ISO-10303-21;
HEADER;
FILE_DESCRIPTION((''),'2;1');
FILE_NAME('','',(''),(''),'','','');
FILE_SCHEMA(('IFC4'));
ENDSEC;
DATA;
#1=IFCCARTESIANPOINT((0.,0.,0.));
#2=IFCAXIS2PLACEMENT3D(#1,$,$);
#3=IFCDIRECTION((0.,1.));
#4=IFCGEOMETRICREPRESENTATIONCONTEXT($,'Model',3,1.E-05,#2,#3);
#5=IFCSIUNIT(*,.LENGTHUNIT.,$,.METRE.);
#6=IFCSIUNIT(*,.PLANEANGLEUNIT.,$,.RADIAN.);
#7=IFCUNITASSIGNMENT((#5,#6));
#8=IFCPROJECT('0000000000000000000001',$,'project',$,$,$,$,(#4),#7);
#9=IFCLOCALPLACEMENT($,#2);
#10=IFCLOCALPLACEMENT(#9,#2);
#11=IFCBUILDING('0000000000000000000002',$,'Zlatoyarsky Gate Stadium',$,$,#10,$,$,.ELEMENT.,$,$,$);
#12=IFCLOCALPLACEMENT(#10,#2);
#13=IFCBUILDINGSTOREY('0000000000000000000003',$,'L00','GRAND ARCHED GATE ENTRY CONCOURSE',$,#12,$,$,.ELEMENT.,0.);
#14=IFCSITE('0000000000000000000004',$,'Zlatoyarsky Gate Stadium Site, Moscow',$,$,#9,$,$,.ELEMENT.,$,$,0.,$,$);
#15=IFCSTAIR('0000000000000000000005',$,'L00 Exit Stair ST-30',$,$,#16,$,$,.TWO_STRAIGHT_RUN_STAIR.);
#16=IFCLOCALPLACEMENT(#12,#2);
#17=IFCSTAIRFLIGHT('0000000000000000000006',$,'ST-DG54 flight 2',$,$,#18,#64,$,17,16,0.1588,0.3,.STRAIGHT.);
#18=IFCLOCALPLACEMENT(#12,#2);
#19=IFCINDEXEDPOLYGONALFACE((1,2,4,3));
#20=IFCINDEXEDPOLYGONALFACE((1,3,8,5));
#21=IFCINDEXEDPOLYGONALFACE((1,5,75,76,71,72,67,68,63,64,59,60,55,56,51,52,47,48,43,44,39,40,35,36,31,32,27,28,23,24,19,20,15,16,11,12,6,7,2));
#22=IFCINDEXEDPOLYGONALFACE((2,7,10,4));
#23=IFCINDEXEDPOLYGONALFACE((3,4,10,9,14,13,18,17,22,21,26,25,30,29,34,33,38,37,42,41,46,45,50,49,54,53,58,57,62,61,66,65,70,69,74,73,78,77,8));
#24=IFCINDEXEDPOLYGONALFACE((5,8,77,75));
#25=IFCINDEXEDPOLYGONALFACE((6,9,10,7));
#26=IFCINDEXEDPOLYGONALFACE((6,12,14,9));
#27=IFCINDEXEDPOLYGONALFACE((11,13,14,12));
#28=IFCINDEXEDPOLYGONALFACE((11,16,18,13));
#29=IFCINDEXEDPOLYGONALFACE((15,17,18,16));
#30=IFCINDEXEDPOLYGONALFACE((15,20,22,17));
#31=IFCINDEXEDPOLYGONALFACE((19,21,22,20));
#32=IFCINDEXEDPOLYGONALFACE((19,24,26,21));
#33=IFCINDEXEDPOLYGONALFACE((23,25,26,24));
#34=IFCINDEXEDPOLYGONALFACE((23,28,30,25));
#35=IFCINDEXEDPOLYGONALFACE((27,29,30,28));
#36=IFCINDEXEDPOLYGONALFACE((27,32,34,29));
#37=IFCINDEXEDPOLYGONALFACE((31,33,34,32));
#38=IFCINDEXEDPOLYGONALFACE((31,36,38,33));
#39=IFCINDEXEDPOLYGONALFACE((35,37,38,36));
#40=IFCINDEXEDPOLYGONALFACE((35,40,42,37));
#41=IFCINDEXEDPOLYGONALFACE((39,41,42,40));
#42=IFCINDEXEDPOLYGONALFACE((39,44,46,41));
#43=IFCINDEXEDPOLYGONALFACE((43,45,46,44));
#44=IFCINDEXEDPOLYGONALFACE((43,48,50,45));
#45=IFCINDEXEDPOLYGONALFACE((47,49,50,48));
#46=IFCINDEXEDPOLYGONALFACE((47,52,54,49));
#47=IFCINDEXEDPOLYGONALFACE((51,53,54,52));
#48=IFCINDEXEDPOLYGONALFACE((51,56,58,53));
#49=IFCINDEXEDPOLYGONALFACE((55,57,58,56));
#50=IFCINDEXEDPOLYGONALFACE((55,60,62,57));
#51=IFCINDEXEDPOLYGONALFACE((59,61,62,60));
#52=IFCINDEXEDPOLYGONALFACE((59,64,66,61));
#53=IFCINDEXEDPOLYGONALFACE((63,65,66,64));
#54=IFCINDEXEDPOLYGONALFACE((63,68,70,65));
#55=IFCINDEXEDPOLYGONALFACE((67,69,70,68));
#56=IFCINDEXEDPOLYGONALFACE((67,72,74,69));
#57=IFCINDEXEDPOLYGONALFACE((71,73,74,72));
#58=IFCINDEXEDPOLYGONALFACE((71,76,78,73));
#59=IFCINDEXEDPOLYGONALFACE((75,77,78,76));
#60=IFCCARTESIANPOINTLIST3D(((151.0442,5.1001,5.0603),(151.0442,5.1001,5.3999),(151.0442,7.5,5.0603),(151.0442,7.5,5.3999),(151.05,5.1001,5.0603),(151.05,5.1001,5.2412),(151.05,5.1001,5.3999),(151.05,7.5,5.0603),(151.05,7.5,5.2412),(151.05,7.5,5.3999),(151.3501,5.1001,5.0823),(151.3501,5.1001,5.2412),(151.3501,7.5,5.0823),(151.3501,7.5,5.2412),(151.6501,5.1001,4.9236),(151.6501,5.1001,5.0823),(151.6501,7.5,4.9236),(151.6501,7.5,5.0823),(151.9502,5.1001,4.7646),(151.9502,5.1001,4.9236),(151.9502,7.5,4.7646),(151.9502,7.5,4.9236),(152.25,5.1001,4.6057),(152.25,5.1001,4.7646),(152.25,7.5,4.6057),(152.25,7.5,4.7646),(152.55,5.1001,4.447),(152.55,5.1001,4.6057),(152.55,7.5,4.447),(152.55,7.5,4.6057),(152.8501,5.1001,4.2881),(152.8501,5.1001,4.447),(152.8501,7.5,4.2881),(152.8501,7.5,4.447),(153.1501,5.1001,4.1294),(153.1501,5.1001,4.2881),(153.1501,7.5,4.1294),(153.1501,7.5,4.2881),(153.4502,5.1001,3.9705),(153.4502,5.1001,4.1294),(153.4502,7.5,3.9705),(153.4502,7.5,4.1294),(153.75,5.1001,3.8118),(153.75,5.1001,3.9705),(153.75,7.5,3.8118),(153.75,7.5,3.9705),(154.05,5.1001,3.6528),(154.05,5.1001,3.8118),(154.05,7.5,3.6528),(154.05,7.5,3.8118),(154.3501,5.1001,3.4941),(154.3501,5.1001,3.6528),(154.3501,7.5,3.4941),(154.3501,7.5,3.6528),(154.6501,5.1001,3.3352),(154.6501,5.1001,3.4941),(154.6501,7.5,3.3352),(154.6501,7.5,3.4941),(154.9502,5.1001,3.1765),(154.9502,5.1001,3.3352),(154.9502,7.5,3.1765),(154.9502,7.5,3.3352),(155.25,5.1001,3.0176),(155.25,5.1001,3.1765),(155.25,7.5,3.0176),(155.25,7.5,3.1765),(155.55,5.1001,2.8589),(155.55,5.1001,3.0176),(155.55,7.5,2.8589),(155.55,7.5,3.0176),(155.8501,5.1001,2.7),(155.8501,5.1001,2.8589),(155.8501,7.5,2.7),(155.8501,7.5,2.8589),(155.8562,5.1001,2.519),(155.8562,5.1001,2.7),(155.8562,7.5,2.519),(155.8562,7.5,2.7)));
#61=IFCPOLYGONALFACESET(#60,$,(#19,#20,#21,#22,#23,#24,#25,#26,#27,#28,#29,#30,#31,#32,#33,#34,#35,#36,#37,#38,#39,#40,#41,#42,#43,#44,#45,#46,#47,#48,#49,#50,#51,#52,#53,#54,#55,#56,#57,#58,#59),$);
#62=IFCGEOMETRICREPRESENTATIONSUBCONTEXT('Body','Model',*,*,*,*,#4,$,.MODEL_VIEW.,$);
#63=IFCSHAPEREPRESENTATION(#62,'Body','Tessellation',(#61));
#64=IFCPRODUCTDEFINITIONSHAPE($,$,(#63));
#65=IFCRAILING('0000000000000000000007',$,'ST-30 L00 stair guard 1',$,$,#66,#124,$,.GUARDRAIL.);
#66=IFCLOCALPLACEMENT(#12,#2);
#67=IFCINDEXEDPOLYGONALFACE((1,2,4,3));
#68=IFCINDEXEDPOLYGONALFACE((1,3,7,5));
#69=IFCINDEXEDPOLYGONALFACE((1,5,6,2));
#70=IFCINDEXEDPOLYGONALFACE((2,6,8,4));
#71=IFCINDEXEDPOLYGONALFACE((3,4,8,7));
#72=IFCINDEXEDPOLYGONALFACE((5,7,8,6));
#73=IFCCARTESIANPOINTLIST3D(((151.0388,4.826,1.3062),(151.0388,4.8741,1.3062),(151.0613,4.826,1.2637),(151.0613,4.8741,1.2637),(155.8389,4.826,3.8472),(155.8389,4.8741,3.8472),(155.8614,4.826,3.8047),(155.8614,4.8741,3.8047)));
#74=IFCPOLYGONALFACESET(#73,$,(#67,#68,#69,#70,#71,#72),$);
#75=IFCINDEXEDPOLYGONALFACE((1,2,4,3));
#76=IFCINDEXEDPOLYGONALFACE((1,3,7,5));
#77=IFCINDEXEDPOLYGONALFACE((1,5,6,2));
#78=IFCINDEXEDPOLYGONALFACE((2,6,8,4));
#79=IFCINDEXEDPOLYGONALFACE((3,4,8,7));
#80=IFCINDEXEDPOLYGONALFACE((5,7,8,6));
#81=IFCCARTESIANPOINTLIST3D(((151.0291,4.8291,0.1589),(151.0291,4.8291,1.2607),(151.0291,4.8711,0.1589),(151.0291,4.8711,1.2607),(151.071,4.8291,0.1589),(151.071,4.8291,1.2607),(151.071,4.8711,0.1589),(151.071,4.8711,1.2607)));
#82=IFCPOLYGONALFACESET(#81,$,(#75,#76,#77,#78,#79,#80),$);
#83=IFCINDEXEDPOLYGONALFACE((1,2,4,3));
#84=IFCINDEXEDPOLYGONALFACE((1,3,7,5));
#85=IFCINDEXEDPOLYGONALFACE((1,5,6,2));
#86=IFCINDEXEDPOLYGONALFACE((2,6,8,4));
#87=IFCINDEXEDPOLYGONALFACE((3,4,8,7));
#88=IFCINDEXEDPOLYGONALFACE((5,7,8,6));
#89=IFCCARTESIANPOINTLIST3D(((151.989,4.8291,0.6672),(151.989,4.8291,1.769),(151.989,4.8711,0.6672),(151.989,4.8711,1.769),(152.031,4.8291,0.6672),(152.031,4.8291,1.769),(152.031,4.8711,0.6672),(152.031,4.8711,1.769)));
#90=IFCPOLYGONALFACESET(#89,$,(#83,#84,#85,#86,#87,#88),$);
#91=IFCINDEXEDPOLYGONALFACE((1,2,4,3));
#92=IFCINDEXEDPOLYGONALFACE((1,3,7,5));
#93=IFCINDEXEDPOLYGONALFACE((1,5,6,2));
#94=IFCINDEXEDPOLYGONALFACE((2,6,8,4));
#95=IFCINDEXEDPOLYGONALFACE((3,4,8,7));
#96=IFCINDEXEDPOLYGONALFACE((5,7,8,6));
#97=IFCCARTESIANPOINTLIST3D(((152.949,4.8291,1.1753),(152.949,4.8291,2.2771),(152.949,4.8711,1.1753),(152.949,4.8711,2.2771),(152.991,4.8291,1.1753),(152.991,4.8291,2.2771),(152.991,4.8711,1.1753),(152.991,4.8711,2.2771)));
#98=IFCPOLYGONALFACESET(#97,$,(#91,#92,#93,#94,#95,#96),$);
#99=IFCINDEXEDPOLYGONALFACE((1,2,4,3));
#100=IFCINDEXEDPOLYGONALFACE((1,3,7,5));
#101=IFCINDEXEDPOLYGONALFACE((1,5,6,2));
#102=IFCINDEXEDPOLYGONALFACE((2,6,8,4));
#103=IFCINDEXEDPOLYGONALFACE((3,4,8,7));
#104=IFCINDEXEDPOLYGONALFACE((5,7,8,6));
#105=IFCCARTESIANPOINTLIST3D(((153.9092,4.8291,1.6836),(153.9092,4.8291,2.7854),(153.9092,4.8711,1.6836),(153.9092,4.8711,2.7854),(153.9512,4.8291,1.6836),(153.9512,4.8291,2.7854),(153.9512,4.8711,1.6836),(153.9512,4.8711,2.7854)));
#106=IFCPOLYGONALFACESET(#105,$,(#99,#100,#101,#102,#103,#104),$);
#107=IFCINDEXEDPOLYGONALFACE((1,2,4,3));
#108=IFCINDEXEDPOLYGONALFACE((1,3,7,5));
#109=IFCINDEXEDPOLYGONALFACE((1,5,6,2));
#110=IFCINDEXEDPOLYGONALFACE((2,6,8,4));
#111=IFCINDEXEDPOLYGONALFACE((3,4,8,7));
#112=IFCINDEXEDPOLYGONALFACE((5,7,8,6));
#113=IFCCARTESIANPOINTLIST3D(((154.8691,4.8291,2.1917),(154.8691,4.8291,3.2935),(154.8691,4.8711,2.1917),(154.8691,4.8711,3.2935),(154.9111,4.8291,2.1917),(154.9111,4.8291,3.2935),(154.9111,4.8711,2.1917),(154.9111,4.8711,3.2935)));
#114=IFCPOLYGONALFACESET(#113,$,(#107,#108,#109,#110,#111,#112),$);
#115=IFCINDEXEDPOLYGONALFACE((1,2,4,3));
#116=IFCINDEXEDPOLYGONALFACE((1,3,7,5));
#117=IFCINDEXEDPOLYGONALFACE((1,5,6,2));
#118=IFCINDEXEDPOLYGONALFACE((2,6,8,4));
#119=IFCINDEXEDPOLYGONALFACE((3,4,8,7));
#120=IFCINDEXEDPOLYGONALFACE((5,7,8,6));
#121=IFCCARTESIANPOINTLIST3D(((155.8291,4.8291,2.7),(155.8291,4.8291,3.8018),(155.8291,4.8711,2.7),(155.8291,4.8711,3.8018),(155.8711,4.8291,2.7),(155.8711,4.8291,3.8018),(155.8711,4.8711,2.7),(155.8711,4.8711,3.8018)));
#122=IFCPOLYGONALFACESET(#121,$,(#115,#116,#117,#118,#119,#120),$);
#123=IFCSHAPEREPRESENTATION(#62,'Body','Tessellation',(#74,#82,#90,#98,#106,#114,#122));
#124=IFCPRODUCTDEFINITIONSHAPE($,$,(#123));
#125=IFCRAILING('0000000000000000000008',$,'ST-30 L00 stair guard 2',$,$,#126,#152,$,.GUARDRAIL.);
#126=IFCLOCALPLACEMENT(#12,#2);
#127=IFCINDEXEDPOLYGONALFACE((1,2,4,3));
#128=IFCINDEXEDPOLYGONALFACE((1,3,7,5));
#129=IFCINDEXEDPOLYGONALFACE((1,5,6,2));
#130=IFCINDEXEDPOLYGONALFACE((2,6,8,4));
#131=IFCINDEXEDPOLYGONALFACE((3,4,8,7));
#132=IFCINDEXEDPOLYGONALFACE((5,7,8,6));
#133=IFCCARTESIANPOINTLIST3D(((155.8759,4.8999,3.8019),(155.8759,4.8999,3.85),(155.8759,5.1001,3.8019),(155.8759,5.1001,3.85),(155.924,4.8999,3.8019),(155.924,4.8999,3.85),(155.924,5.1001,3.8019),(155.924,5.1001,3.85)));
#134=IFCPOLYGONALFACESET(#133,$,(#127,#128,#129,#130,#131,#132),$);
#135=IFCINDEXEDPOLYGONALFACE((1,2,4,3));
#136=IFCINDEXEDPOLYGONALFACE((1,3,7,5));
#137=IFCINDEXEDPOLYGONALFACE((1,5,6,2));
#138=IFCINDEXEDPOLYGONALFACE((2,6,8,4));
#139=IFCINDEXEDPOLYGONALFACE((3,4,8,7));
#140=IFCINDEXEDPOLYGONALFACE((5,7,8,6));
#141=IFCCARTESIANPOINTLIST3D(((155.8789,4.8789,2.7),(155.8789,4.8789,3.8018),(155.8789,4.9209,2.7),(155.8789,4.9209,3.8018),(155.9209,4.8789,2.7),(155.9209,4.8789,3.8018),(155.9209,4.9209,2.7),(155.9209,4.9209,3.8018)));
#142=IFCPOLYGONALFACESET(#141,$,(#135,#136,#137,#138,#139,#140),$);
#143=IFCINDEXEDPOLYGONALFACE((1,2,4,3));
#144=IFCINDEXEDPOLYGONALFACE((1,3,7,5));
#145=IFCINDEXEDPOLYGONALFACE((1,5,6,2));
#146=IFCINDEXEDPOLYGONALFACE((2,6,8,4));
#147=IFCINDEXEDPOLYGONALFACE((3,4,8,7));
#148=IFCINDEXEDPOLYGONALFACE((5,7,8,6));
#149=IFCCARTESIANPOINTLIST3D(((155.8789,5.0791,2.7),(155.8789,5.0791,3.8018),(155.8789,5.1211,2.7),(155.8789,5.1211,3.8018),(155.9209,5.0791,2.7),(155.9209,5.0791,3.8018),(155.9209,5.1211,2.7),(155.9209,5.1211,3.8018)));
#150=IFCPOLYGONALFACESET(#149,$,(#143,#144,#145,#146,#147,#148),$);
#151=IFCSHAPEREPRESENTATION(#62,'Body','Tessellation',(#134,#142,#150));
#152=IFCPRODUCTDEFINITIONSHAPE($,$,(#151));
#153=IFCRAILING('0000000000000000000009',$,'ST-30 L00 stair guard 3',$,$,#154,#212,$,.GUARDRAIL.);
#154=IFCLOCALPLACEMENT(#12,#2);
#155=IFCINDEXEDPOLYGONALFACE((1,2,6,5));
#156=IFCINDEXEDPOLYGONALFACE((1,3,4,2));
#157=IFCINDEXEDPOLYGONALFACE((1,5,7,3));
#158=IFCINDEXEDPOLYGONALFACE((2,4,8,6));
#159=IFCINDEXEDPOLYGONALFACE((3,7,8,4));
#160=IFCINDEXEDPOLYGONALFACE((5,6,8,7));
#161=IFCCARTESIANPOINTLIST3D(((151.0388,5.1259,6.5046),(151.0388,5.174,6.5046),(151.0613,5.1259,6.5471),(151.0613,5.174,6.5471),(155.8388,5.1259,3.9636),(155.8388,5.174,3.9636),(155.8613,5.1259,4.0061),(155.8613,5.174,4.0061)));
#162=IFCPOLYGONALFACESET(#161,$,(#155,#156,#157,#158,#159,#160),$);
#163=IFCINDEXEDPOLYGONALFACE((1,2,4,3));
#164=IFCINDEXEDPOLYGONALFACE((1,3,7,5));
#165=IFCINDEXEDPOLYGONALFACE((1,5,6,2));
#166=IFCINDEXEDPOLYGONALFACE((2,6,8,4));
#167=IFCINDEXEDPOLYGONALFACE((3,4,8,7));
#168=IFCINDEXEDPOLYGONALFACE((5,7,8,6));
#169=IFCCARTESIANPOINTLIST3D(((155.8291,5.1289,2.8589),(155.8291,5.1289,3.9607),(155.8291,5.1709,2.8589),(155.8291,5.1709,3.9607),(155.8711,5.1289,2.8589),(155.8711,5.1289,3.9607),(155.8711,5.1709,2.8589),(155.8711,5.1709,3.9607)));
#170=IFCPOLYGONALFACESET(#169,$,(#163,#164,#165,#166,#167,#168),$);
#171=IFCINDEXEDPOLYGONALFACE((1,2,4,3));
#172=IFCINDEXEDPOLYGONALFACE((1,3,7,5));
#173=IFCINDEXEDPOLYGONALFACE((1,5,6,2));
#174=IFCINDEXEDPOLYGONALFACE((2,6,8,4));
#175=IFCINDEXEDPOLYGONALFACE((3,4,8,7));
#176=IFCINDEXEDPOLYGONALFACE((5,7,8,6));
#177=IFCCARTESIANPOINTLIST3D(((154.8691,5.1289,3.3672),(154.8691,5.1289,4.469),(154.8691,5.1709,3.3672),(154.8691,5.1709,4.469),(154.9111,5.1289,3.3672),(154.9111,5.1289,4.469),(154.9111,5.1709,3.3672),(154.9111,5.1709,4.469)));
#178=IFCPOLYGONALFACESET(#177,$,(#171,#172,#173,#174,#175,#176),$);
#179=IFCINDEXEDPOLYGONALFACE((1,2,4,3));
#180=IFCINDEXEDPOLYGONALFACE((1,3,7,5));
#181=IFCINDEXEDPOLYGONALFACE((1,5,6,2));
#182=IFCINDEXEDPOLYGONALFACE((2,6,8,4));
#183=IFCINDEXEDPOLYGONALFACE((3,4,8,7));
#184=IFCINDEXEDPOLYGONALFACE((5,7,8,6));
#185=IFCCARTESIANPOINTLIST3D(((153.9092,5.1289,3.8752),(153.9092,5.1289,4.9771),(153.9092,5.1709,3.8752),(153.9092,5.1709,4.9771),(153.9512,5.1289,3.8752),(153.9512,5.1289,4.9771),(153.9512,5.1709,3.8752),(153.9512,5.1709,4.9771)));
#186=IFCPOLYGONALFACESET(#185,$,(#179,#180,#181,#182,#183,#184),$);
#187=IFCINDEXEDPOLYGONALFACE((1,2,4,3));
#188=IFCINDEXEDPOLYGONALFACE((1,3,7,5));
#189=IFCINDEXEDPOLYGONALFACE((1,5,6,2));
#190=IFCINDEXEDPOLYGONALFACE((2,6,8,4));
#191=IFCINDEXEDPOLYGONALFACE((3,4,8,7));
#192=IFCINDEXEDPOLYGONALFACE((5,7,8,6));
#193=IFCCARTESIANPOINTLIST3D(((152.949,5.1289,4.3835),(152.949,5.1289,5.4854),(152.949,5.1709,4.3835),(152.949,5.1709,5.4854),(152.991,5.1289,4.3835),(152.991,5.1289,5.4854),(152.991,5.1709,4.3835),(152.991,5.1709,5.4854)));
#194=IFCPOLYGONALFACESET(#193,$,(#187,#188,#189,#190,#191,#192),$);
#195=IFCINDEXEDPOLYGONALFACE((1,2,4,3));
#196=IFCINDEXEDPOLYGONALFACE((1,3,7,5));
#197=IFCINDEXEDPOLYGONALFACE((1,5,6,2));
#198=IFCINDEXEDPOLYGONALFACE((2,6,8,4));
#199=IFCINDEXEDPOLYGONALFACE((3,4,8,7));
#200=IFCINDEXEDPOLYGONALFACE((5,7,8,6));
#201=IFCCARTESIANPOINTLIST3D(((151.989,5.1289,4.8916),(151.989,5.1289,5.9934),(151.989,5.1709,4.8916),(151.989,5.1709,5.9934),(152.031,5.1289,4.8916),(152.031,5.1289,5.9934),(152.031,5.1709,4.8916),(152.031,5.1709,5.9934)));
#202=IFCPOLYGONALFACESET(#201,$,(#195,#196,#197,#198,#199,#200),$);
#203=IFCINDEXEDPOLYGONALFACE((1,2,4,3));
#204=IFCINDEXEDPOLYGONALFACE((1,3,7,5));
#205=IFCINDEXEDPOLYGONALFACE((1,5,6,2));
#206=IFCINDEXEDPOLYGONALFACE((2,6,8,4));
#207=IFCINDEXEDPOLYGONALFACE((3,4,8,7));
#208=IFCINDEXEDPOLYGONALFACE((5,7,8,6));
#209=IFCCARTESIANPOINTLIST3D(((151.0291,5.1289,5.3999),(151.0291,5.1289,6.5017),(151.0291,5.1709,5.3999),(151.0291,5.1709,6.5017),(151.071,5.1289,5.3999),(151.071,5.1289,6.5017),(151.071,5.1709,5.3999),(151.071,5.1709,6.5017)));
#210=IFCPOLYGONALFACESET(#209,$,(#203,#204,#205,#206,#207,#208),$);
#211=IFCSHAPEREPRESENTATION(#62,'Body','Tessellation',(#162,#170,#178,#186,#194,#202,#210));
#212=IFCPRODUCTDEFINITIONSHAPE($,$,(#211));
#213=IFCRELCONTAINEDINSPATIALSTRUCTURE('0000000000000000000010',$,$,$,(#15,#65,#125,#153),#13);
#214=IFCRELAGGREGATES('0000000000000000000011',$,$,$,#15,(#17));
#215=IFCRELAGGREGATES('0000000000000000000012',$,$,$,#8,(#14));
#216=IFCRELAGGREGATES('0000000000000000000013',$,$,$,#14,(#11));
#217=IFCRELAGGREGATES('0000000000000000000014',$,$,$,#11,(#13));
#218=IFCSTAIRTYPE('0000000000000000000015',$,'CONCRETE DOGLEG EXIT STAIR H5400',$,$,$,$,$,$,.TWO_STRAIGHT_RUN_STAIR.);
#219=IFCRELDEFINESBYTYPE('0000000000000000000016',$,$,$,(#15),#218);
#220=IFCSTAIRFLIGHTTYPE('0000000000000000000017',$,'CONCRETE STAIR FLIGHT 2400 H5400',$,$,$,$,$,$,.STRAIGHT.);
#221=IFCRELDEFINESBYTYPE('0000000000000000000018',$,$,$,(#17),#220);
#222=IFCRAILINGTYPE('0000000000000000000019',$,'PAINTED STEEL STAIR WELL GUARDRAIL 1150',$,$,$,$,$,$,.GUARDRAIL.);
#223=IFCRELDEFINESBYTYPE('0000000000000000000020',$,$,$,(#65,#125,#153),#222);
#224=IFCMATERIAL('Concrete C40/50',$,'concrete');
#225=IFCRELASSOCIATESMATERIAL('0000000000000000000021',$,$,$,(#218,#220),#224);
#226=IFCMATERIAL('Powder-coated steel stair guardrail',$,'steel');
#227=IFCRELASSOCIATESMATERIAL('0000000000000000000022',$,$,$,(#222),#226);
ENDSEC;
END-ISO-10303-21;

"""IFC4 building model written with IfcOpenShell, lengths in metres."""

from ifc_helpers import new_model, si_unit, direction, frame, origin, origin_2d, place, context, subcontext, project, spatial, polyline, rectangle, outline, extrude, material, type_object, element, aggregate, save


model = new_model("IFC4")

# Units and contexts
model_context = context("Model", 3, precision=1e-05, world=origin(), true_north=direction((0.0, 1.0)))
body_context = subcontext(model_context, "Body", "Model", "MODEL_VIEW")
ifc_project = project(units=[si_unit("LENGTHUNIT", "METRE"), si_unit("PLANEANGLEUNIT", "RADIAN")], contexts=[model_context])

# Site, building, storey
site_placement = place(None, origin())
site = spatial("IfcSite", under=ifc_project, at=site_placement, Name="Zlatoyarsky Gate Stadium Site, Moscow", CompositionType="ELEMENT", RefElevation=0.0)
building_placement = place(site_placement, origin())
building = spatial("IfcBuilding", under=site, at=building_placement, Name="Zlatoyarsky Gate Stadium", CompositionType="ELEMENT")
storey_placement = place(building_placement, origin())
storey = spatial("IfcBuildingStorey", under=building, at=storey_placement, Name="L00", Description="GRAND ARCHED GATE ENTRY CONCOURSE", CompositionType="ELEMENT", Elevation=0.0)

# Shared definitions
ifc_material_1 = material(Name="Concrete C40/50", Category="concrete")

# Stair, stair flight
stair_type = type_object("IfcStairType", Name="CONCRETE DOGLEG EXIT STAIR H5400", PredefinedType="TWO_STRAIGHT_RUN_STAIR", material=ifc_material_1)
stair_placement = place(storey_placement, origin())
stair = element("IfcStair", 1, at=stair_placement, inside=storey, type_object=stair_type, Name="L00 Exit Stair ST-30", PredefinedType="TWO_STRAIGHT_RUN_STAIR")
stair_flight_type = type_object("IfcStairFlightType", Name="CONCRETE STAIR FLIGHT 2400 H5400", PredefinedType="STRAIGHT", material=ifc_material_1)
stair_flight_1_placement = place(storey_placement, frame((155.8501, 6.3, 2.7), z_axis=(0.0, 0.0, 1.0), x_axis=(-1.0, 0.0, 0.0)))
stair_flight_1 = element("IfcStairFlight", 2, at=stair_flight_1_placement, type_object=stair_flight_type, Name="ST-DG54 flight 2", NumberOfRisers=17, NumberOfTreads=16, PredefinedType="STRAIGHT", RiserHeight=0.1588, TreadLength=0.3, context=body_context, shape_type="SweptSolid", body=[
    extrude(outline(polyline([(-0.0061, -0.1809), (-0.0061, 0.0), (0.0, 0.0), (0.0, 0.1589), (0.3, 0.1589), (0.3, 0.3176), (0.6001, 0.3176), (0.6001, 0.4766), (0.8999, 0.4766), (0.8999, 0.6353), (1.2, 0.6353), (1.2, 0.7942), (1.5, 0.7942), (1.5, 0.9529), (1.8, 0.9529), (1.8, 1.1118), (2.1001, 1.1118), (2.1001, 1.2705), (2.3999, 1.2705), (2.3999, 1.4294), (2.7, 1.4294), (2.7, 1.5881), (3.0, 1.5881), (3.0, 1.7471), (3.3, 1.7471), (3.3, 1.9058), (3.6001, 1.9058), (3.6001, 2.0647), (3.8999, 2.0647), (3.8999, 2.2236), (4.2, 2.2236), (4.2, 2.3823), (4.5, 2.3823), (4.5, 2.5413), (4.8, 2.5413), (4.8, 2.7), (4.8059, 2.7), (4.8059, 2.3604), (4.8, 2.3604), (-0.0061, -0.1809)])), frame((0.0, 1.2, 0.0), z_axis=(0.0, -1.0, 0.0), x_axis=(1.0, 0.0, 0.0)), (0.0, 0.0, 1.0), 2.3999),
])
aggregate(stair, [stair_flight_1])

# Railings
ifc_material_2 = material(Name="Powder-coated steel stair guardrail", Category="steel")
railing_type_1 = type_object("IfcRailingType", Name="PAINTED STEEL STAIR WELL GUARDRAIL 1150", PredefinedType="GUARDRAIL", material=ifc_material_2)
railing_1_placement = place(storey_placement, frame((151.05, 4.8501, 0.1589)))
element("IfcRailing", 3, at=railing_1_placement, inside=storey, type_object=railing_type_1, Name="ST-30 L00 stair guard 1", PredefinedType="GUARDRAIL", context=body_context, shape_type="SweptSolid", body=[
    extrude(rectangle(XDim=0.0481, YDim=0.0481, at=origin_2d()), frame((0.0, 0.0, 1.126), z_axis=(0.883802, 0.0, 0.467861), x_axis=(0.0, 1.0, 0.0)), (0.0, 0.0, 1.0), 5.4312),
    extrude(rectangle(XDim=0.042, YDim=0.042, at=origin_2d()), origin(), (0.0, 0.0, 1.0), 1.1018),
    extrude(rectangle(XDim=0.042, YDim=0.042, at=origin_2d()), frame((0.96, 0.0, 0.5083)), (0.0, 0.0, 1.0), 1.1018),
    extrude(rectangle(XDim=0.042, YDim=0.042, at=origin_2d()), frame((1.9199, 0.0, 1.0164)), (0.0, 0.0, 1.0), 1.1018),
    extrude(rectangle(XDim=0.042, YDim=0.042, at=origin_2d()), frame((2.8801, 0.0, 1.5247)), (0.0, 0.0, 1.0), 1.1018),
    extrude(rectangle(XDim=0.042, YDim=0.042, at=origin_2d()), frame((3.8401, 0.0, 2.0327)), (0.0, 0.0, 1.0), 1.1018),
    extrude(rectangle(XDim=0.042, YDim=0.042, at=origin_2d()), frame((4.8, 0.0, 2.541)), (0.0, 0.0, 1.0), 1.1018),
])
railing_2_placement = place(storey_placement, frame((155.8999, 4.8999, 2.7)))
element("IfcRailing", 4, at=railing_2_placement, inside=storey, type_object=railing_type_1, Name="ST-30 L00 stair guard 2", PredefinedType="GUARDRAIL", context=body_context, shape_type="SweptSolid", body=[
    extrude(rectangle(XDim=0.0481, YDim=0.0481, at=origin_2d()), frame((0.0, 0.0, 1.126), z_axis=(0.0, 1.0, 0.0), x_axis=(-1.0, 0.0, 0.0)), (0.0, 0.0, 1.0), 0.2002),
    extrude(rectangle(XDim=0.042, YDim=0.042, at=origin_2d()), origin(), (0.0, 0.0, 1.0), 1.1018),
    extrude(rectangle(XDim=0.042, YDim=0.042, at=origin_2d()), frame((0.0, 0.2002, 0.0)), (0.0, 0.0, 1.0), 1.1018),
])
railing_3_placement = place(storey_placement, frame((155.8501, 5.1499, 2.8589)))
element("IfcRailing", 5, at=railing_3_placement, inside=storey, type_object=railing_type_1, Name="ST-30 L00 stair guard 3", PredefinedType="GUARDRAIL", context=body_context, shape_type="SweptSolid", body=[
    extrude(rectangle(XDim=0.0481, YDim=0.0481, at=origin_2d()), frame((0.0, 0.0, 1.126), z_axis=(-0.883802, 0.0, 0.467861), x_axis=(0.0, -1.0, 0.0)), (0.0, 0.0, 1.0), 5.4312),
    extrude(rectangle(XDim=0.042, YDim=0.042, at=origin_2d()), origin(), (0.0, 0.0, 1.0), 1.1018),
    extrude(rectangle(XDim=0.042, YDim=0.042, at=origin_2d()), frame((-0.96, 0.0, 0.5083)), (0.0, 0.0, 1.0), 1.1018),
    extrude(rectangle(XDim=0.042, YDim=0.042, at=origin_2d()), frame((-1.9199, 0.0, 1.0164)), (0.0, 0.0, 1.0), 1.1018),
    extrude(rectangle(XDim=0.042, YDim=0.042, at=origin_2d()), frame((-2.8801, 0.0, 1.5247)), (0.0, 0.0, 1.0), 1.1018),
    extrude(rectangle(XDim=0.042, YDim=0.042, at=origin_2d()), frame((-3.8401, 0.0, 2.0327)), (0.0, 0.0, 1.0), 1.1018),
    extrude(rectangle(XDim=0.042, YDim=0.042, at=origin_2d()), frame((-4.8, 0.0, 2.541)), (0.0, 0.0, 1.0), 1.1018),
])

save(model, "model.ifc")
